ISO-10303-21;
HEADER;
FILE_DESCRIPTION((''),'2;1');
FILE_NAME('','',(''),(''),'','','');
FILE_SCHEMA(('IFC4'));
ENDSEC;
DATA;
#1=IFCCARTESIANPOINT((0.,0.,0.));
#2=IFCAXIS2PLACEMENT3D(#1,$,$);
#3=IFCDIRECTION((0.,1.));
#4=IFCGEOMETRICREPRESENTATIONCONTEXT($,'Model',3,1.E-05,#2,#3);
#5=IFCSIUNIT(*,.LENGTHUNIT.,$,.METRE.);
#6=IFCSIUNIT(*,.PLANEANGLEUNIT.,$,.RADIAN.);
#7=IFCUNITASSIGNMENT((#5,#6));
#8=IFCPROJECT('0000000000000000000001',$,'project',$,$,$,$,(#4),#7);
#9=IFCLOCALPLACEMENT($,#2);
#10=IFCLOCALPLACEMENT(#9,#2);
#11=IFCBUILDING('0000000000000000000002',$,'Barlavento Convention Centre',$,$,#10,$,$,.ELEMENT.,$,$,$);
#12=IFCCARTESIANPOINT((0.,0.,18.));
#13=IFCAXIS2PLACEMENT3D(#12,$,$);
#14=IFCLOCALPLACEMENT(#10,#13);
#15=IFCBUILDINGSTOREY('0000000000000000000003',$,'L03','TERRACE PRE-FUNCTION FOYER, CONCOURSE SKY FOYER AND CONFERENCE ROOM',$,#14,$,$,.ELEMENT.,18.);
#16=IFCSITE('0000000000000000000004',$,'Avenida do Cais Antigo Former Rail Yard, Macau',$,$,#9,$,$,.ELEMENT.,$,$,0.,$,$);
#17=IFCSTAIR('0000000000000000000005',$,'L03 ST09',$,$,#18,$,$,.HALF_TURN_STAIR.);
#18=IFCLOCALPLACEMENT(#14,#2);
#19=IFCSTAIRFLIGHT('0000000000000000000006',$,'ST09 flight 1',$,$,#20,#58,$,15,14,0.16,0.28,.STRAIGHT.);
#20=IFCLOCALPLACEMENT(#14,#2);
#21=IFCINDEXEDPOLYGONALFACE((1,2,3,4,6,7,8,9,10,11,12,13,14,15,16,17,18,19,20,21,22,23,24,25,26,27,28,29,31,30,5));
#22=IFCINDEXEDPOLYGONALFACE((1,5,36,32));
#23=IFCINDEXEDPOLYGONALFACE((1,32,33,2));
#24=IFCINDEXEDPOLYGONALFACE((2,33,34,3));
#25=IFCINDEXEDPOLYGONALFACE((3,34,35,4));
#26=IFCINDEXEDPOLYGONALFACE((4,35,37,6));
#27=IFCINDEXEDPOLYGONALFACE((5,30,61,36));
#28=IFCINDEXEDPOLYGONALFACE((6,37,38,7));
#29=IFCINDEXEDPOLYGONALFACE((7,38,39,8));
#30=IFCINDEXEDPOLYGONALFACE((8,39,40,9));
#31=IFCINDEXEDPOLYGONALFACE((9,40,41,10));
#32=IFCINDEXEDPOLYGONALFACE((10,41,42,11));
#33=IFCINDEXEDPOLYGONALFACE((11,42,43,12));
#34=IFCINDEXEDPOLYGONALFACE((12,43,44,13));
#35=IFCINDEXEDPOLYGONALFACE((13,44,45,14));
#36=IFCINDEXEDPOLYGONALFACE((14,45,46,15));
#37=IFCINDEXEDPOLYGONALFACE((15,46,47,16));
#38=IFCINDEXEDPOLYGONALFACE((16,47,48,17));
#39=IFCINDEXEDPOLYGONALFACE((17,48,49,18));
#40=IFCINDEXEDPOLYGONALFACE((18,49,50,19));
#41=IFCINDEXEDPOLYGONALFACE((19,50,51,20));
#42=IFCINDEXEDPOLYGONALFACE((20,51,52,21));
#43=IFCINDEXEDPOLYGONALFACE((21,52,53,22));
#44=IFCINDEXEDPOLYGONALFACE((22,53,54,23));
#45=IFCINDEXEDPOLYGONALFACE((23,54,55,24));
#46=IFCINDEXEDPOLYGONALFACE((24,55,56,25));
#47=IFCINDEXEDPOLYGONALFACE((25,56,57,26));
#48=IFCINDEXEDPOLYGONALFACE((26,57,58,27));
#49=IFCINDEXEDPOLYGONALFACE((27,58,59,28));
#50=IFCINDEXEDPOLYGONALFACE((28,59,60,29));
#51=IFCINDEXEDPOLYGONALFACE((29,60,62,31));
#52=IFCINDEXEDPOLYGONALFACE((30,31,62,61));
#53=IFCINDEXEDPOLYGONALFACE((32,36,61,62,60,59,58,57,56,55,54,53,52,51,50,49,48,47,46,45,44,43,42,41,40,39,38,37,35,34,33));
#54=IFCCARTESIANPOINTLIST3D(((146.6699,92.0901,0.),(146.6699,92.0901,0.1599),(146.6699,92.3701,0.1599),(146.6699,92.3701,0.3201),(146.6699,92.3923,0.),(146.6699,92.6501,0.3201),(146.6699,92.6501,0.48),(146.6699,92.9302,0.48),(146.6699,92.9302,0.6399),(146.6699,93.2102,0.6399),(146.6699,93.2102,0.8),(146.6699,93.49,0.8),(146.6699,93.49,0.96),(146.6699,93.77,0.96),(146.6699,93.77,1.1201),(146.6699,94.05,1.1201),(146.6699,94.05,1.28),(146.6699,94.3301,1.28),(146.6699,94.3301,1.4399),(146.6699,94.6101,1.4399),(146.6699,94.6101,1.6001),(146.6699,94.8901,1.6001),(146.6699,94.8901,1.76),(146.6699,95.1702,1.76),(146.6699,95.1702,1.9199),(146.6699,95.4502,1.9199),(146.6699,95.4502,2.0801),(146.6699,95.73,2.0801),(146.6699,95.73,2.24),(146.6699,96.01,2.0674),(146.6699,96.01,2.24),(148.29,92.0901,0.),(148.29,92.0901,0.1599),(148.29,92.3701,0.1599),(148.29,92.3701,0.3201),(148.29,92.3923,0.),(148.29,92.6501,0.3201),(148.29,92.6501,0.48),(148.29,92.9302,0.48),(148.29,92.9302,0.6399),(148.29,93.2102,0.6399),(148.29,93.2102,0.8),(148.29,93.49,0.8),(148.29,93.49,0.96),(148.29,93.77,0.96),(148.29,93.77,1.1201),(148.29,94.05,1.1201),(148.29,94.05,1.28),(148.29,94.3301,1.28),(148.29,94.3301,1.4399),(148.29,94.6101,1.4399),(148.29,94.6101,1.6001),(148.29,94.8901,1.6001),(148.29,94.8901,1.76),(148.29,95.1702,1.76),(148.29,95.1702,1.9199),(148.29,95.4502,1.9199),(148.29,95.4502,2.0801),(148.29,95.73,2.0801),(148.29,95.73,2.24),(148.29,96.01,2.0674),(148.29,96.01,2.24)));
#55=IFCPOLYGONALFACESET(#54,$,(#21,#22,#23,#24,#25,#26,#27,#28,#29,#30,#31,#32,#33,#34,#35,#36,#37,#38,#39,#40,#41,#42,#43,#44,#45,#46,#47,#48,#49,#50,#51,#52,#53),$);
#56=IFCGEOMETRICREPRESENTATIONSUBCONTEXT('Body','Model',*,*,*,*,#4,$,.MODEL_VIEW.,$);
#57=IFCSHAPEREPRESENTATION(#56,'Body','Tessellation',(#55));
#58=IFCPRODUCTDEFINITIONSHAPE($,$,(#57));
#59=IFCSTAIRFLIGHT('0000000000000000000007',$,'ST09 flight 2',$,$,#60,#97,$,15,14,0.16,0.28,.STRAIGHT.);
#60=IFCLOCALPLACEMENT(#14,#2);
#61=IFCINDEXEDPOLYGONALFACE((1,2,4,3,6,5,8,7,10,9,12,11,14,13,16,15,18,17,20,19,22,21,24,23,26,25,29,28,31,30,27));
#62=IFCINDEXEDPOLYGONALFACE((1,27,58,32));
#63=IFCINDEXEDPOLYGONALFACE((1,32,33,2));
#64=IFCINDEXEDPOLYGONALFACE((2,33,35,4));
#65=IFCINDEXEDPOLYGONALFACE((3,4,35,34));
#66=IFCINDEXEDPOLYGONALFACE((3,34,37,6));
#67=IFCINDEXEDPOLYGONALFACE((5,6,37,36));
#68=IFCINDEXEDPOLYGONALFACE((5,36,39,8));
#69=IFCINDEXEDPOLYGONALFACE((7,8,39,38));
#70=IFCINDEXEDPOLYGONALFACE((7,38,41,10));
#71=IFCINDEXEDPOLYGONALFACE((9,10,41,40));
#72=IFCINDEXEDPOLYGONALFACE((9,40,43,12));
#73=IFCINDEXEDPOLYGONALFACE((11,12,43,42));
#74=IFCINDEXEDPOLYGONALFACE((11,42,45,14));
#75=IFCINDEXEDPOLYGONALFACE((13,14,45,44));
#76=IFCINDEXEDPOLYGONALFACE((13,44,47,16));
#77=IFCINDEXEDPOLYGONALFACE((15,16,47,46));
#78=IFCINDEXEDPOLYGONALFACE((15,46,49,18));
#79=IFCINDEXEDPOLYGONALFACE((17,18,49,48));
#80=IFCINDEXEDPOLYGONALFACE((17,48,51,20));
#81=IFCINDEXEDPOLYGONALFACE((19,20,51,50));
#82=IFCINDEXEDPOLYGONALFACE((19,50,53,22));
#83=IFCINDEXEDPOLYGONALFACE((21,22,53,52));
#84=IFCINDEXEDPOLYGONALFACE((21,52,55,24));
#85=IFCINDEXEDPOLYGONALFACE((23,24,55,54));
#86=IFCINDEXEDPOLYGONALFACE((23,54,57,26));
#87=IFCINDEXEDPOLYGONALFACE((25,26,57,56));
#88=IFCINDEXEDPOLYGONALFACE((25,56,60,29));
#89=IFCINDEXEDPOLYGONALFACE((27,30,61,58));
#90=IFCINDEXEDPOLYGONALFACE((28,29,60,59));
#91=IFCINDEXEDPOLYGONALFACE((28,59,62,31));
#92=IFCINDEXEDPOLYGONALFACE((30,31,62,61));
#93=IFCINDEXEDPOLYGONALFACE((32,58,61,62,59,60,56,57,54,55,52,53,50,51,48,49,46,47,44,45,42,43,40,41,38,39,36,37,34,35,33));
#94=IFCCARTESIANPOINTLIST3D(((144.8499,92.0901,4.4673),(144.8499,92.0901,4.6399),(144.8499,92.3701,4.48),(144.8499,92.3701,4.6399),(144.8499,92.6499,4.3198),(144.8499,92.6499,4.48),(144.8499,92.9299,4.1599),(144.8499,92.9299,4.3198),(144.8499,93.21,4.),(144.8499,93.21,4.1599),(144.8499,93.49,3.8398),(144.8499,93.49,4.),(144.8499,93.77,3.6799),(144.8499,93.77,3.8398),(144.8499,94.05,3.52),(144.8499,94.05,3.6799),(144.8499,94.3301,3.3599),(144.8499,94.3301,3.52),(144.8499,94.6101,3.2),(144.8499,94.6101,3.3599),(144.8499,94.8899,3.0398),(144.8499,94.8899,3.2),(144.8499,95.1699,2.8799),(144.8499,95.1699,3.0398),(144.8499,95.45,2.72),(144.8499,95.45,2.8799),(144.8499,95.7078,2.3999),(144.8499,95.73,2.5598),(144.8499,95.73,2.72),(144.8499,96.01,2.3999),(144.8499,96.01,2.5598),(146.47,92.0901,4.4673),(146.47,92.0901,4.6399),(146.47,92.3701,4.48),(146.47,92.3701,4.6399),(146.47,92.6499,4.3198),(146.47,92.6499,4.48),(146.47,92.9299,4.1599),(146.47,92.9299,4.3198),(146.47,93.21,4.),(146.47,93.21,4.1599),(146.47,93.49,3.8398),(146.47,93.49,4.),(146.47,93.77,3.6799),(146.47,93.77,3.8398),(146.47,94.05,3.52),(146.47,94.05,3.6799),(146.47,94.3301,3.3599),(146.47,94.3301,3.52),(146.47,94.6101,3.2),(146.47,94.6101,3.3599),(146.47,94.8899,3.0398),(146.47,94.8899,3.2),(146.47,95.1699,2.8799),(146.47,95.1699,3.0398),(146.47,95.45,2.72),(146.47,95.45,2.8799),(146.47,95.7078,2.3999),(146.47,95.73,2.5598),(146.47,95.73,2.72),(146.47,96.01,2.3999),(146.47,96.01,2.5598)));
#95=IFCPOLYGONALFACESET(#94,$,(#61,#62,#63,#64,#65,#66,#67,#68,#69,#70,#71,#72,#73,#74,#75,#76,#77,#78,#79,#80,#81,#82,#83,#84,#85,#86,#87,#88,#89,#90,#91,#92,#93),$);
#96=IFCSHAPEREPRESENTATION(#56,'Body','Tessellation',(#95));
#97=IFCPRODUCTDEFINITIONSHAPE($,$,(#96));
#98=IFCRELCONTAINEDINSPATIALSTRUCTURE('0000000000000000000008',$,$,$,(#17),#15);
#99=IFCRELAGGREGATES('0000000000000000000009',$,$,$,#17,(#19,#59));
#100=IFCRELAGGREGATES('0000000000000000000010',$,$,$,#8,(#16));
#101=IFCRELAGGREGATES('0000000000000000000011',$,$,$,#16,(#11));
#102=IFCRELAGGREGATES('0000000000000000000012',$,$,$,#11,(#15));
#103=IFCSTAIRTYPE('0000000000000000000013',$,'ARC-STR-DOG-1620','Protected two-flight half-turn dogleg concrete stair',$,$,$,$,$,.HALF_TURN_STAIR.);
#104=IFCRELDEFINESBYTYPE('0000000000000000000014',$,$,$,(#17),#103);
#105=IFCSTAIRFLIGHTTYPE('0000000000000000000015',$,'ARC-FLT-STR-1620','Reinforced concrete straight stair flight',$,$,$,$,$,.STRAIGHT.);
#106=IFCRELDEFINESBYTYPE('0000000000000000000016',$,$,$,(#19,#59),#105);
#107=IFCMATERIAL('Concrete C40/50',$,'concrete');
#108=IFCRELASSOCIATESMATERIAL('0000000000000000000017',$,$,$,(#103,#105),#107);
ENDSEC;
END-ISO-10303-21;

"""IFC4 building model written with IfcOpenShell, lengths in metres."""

from ifc_helpers import new_model, si_unit, direction, frame, origin, place, context, subcontext, project, spatial, polyline, outline, extrude, material, type_object, element, aggregate, save


model = new_model("IFC4")

# Units and contexts
model_context = context("Model", 3, precision=1e-05, world=origin(), true_north=direction((0.0, 1.0)))
body_context = subcontext(model_context, "Body", "Model", "MODEL_VIEW")
ifc_project = project(units=[si_unit("LENGTHUNIT", "METRE"), si_unit("PLANEANGLEUNIT", "RADIAN")], contexts=[model_context])

# Site, building, storey
site_placement = place(None, origin())
site = spatial("IfcSite", under=ifc_project, at=site_placement, Name="Avenida do Cais Antigo Former Rail Yard, Macau", CompositionType="ELEMENT", RefElevation=0.0)
building_placement = place(site_placement, origin())
building = spatial("IfcBuilding", under=site, at=building_placement, Name="Barlavento Convention Centre", CompositionType="ELEMENT")
storey_placement = place(building_placement, frame((0.0, 0.0, 18.0)))
storey = spatial("IfcBuildingStorey", under=building, at=storey_placement, Name="L03", Description="TERRACE PRE-FUNCTION FOYER, CONCOURSE SKY FOYER AND CONFERENCE ROOM", CompositionType="ELEMENT", Elevation=18.0)

# Stair, stair flights
ifc_material_1 = material(Name="Concrete C40/50", Category="concrete")
stair_type = type_object("IfcStairType", Name="ARC-STR-DOG-1620", Description="Protected two-flight half-turn dogleg concrete stair", PredefinedType="HALF_TURN_STAIR", material=ifc_material_1)
stair_placement = place(storey_placement, origin())
stair = element("IfcStair", 1, at=stair_placement, inside=storey, type_object=stair_type, Name="L03 ST09", PredefinedType="HALF_TURN_STAIR")
stair_flight_type = type_object("IfcStairFlightType", Name="ARC-FLT-STR-1620", Description="Reinforced concrete straight stair flight", PredefinedType="STRAIGHT", material=ifc_material_1)
stair_flight_1_placement = place(storey_placement, frame((147.48, 92.0901, 0.0), z_axis=(0.0, 0.0, 1.0), x_axis=(0.0, 1.0, 0.0)))
stair_flight_1 = element("IfcStairFlight", 2, at=stair_flight_1_placement, type_object=stair_flight_type, Name="ST09 flight 1", NumberOfRisers=15, NumberOfTreads=14, PredefinedType="STRAIGHT", RiserHeight=0.16, TreadLength=0.28, context=body_context, shape_type="SweptSolid", body=[
    extrude(outline(polyline([(0.0, 0.0), (0.0, 0.1599), (0.28, 0.1599), (0.28, 0.3201), (0.5601, 0.3201), (0.5601, 0.48), (0.8401, 0.48), (0.8401, 0.6399), (1.1201, 0.6399), (1.1201, 0.8), (1.3999, 0.8), (1.3999, 0.96), (1.6799, 0.96), (1.6799, 1.1201), (1.96, 1.1201), (1.96, 1.28), (2.24, 1.28), (2.24, 1.4399), (2.52, 1.4399), (2.52, 1.6001), (2.8, 1.6001), (2.8, 1.76), (3.0801, 1.76), (3.0801, 1.9199), (3.3601, 1.9199), (3.3601, 2.0801), (3.6399, 2.0801), (3.6399, 2.24), (3.9199, 2.24), (3.9199, 2.3999), (3.9199, 2.0674), (0.3022, 0.0), (0.0, 0.0)])), frame((0.0, 0.8101, 0.0), z_axis=(0.0, -1.0, 0.0), x_axis=(1.0, 0.0, 0.0)), (0.0, 0.0, 1.0), 1.6201),
])
stair_flight_2_placement = place(storey_placement, frame((145.6599, 96.01, 2.3999), z_axis=(0.0, 0.0, 1.0), x_axis=(0.0, -1.0, 0.0)))
stair_flight_2 = element("IfcStairFlight", 3, at=stair_flight_2_placement, type_object=stair_flight_type, Name="ST09 flight 2", NumberOfRisers=15, NumberOfTreads=14, PredefinedType="STRAIGHT", RiserHeight=0.16, TreadLength=0.28, context=body_context, shape_type="SweptSolid", body=[
    extrude(outline(polyline([(0.0, 0.0), (0.0, 0.1599), (0.28, 0.1599), (0.28, 0.3201), (0.5601, 0.3201), (0.5601, 0.48), (0.8401, 0.48), (0.8401, 0.6399), (1.1201, 0.6399), (1.1201, 0.8), (1.3999, 0.8), (1.3999, 0.96), (1.6799, 0.96), (1.6799, 1.1201), (1.96, 1.1201), (1.96, 1.28), (2.24, 1.28), (2.24, 1.4399), (2.52, 1.4399), (2.52, 1.6001), (2.8, 1.6001), (2.8, 1.76), (3.0801, 1.76), (3.0801, 1.9199), (3.3601, 1.9199), (3.3601, 2.0801), (3.6399, 2.0801), (3.6399, 2.24), (3.9199, 2.24), (3.9199, 2.3999), (3.9199, 2.0674), (0.3022, 0.0), (0.0, 0.0)])), frame((0.0, 0.8101, 0.0), z_axis=(0.0, -1.0, 0.0), x_axis=(1.0, 0.0, 0.0)), (0.0, 0.0, 1.0), 1.6201),
])
aggregate(stair, [stair_flight_1, stair_flight_2])

save(model, "model.ifc")
